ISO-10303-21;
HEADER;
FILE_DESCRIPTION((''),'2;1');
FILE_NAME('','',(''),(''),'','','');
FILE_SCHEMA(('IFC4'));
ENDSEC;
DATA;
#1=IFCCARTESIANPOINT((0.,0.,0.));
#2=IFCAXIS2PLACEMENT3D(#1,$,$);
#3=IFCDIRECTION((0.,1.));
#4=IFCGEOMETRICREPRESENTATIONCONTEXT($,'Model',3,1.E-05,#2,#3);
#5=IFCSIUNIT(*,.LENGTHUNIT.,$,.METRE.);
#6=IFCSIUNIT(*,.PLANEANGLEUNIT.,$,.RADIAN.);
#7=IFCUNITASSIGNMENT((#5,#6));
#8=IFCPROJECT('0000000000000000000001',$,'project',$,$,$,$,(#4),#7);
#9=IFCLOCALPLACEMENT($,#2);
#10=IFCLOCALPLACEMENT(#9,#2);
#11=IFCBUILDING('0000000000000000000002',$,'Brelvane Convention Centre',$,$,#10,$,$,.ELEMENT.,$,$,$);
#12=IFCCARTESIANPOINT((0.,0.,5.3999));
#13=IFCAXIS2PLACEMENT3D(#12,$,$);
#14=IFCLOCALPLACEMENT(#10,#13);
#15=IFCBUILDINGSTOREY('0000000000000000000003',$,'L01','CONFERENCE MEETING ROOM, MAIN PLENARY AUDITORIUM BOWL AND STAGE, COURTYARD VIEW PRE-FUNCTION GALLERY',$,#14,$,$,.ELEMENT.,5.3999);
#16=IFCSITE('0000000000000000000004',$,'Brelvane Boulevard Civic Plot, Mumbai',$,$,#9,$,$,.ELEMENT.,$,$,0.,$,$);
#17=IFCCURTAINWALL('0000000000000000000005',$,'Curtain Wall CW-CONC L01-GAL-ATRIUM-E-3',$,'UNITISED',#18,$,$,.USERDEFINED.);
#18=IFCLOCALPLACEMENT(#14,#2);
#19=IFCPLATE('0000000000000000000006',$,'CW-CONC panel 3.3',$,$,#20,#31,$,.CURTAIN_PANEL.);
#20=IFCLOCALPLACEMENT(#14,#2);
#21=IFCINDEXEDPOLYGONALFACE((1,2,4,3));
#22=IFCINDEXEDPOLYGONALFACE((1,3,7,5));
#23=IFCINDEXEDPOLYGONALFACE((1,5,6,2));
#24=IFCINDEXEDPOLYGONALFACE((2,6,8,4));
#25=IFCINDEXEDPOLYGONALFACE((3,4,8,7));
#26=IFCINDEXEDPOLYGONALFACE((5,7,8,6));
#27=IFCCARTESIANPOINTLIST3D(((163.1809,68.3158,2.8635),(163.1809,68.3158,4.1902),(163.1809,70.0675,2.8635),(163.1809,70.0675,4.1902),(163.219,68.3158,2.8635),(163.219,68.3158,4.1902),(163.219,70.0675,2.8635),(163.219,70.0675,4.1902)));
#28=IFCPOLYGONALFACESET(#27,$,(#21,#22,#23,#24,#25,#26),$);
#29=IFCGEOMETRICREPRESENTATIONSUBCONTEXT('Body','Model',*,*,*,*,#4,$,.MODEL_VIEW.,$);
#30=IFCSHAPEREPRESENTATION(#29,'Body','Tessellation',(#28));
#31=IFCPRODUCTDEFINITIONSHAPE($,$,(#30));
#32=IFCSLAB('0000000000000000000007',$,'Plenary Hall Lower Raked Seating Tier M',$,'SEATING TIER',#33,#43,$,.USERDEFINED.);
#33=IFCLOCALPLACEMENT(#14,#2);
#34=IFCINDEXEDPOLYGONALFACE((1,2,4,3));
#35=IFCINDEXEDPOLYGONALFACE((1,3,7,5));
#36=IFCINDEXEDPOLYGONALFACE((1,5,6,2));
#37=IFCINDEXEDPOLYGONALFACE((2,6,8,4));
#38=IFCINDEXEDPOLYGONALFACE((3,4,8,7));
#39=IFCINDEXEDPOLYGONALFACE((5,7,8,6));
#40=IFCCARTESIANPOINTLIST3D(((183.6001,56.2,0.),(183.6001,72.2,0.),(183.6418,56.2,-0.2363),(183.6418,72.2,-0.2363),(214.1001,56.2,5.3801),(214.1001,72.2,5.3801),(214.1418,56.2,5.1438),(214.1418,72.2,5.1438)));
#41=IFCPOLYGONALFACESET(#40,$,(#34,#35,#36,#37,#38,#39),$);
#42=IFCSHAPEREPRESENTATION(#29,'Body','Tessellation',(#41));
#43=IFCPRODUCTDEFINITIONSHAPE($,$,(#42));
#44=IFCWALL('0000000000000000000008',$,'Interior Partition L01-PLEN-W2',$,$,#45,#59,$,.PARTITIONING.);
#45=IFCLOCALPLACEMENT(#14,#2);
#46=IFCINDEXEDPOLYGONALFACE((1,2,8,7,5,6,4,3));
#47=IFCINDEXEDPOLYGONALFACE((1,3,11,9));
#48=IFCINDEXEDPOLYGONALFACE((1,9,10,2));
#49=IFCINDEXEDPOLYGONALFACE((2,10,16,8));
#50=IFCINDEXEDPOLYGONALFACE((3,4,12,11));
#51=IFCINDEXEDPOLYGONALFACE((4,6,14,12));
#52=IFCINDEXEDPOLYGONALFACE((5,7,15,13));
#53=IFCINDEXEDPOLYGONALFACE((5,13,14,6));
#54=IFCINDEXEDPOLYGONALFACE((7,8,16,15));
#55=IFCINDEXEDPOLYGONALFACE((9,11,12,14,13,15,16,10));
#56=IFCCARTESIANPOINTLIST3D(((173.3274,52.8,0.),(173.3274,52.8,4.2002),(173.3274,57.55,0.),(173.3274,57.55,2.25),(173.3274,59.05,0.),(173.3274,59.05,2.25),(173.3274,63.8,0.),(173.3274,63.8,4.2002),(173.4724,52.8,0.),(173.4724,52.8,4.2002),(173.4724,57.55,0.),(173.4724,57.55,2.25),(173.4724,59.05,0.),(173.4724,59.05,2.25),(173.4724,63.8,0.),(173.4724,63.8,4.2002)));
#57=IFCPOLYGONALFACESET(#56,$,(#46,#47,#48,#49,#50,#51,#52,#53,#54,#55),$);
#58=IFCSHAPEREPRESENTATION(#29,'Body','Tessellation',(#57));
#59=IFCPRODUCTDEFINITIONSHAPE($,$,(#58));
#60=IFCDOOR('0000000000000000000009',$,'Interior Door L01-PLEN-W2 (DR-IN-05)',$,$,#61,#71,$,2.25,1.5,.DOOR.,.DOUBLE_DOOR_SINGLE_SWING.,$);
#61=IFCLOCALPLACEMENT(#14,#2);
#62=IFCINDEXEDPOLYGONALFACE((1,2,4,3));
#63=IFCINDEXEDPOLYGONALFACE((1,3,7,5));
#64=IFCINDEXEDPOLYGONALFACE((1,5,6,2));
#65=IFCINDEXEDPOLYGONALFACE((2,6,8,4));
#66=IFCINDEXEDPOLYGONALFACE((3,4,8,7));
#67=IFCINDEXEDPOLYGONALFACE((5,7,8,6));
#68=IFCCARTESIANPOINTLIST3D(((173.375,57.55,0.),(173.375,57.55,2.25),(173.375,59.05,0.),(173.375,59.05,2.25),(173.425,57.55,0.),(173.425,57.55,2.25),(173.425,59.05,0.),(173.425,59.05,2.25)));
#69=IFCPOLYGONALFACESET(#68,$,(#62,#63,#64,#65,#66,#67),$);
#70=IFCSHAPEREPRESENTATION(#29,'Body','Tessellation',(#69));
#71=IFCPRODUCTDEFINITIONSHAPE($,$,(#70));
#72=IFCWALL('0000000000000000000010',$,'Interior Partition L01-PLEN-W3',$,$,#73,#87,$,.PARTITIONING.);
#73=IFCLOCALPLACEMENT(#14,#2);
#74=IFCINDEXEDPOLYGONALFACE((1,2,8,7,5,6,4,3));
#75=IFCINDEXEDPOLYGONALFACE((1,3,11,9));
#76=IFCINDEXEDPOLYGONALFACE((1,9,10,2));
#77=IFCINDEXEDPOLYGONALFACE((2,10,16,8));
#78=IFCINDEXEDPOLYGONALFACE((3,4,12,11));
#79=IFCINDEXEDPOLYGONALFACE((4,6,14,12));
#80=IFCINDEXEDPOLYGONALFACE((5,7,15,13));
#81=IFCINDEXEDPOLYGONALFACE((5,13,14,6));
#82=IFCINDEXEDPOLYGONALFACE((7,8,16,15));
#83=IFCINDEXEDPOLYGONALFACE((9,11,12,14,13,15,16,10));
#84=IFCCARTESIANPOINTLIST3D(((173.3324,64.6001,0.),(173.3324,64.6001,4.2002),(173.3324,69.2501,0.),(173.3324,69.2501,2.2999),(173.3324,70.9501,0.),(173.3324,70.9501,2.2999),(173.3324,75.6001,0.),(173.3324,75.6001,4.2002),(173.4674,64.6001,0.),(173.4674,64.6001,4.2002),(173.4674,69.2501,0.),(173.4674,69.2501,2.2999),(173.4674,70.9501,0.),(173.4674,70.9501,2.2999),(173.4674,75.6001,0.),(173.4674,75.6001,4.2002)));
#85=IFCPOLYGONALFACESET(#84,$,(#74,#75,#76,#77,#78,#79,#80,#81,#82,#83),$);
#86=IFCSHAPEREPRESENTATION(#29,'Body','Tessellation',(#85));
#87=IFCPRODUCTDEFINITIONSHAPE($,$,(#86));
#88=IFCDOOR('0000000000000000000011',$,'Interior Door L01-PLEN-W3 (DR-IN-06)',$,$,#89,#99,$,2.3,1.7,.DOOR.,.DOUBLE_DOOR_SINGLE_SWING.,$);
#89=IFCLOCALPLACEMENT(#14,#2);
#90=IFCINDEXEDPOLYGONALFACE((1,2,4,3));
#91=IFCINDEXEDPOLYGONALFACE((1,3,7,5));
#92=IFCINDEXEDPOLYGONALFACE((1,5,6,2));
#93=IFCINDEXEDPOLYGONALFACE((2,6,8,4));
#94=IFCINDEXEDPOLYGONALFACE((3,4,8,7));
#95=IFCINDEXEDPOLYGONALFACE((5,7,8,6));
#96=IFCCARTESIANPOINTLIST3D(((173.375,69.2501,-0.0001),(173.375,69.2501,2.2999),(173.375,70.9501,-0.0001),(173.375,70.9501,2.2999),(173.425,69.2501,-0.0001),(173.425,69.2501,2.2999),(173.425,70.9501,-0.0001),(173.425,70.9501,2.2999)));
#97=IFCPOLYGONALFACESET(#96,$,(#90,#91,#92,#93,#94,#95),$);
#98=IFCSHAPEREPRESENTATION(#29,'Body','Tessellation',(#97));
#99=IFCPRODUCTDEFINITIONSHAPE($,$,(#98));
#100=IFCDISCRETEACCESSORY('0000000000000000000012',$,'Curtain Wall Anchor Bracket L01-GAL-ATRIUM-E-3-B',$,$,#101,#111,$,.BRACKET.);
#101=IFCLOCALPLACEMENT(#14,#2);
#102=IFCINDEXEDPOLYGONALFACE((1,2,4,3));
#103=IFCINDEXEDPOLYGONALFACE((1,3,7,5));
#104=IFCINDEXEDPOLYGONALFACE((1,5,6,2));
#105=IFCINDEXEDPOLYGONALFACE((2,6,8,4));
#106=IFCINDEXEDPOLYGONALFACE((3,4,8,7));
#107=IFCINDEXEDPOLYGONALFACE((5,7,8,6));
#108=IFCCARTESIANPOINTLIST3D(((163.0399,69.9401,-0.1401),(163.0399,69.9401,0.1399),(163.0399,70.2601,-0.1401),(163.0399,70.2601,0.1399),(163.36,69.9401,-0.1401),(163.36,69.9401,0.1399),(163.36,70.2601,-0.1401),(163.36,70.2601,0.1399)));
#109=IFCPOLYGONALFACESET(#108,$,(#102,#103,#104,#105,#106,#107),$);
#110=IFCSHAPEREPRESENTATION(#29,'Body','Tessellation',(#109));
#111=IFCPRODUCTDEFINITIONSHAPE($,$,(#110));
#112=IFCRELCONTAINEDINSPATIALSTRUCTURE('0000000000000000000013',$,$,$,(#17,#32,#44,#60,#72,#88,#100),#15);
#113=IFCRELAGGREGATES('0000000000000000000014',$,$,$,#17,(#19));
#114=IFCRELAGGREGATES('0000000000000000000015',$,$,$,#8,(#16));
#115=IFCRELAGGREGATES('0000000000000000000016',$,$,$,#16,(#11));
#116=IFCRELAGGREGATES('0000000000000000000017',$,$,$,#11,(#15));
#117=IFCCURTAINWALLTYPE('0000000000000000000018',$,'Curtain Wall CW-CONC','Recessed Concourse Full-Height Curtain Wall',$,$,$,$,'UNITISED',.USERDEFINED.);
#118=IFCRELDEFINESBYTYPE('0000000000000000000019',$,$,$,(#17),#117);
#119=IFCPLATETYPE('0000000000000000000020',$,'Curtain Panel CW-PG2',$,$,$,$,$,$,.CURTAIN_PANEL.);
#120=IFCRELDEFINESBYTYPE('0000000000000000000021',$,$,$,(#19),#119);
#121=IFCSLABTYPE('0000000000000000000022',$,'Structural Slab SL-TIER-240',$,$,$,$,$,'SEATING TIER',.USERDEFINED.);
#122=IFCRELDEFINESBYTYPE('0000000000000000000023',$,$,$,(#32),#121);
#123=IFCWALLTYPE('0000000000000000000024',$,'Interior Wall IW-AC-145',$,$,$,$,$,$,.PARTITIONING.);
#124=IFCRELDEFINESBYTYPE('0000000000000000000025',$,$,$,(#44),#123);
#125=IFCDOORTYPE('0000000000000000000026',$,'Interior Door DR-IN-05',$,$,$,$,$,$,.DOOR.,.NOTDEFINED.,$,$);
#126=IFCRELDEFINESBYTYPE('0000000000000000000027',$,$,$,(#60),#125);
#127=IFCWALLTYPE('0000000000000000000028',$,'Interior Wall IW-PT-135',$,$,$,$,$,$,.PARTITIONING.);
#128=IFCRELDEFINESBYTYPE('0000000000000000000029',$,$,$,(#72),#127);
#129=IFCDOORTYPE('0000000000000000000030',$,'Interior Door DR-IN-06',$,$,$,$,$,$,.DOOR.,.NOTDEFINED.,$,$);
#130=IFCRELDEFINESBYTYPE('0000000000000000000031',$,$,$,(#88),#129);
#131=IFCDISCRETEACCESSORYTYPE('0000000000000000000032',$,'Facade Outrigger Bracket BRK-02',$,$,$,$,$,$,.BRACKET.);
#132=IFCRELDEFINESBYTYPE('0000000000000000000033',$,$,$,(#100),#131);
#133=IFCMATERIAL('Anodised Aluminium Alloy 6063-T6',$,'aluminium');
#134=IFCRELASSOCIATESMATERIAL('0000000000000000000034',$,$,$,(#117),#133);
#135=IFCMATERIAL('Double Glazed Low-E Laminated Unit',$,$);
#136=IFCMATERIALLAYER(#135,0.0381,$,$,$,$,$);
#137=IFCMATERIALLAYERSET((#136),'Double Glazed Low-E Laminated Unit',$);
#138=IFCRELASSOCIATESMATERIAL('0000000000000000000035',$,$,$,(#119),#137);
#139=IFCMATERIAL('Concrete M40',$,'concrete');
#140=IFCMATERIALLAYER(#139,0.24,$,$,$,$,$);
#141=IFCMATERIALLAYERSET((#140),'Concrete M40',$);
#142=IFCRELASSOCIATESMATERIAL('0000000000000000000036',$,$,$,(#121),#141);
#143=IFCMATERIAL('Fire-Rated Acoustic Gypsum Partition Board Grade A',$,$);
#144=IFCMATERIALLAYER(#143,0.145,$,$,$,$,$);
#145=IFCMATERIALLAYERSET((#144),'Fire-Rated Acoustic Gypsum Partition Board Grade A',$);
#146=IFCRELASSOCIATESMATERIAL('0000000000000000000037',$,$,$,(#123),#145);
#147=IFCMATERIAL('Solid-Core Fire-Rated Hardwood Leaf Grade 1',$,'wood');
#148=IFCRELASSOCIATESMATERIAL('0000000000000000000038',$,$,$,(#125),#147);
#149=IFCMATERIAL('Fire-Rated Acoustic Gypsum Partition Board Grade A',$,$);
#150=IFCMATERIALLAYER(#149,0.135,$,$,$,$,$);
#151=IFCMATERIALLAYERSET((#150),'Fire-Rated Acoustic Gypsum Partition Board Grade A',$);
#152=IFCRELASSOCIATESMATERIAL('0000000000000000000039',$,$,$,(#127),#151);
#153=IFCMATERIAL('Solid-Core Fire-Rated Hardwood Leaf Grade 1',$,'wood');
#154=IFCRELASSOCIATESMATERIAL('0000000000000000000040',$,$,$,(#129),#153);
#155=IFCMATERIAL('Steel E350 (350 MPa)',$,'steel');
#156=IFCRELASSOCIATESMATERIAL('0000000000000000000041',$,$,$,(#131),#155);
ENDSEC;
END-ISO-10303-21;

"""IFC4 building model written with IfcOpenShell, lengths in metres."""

from ifc_helpers import new_model, si_unit, direction, frame, frame_2d, origin, origin_2d, place, context, subcontext, project, spatial, polyline, rectangle, outline, extrude, material, layer, layer_set, type_object, element, fill, aggregate, save


model = new_model("IFC4")

# Units and contexts
model_context = context("Model", 3, precision=1e-05, world=origin(), true_north=direction((0.0, 1.0)))
body_context = subcontext(model_context, "Body", "Model", "MODEL_VIEW")
ifc_project = project(units=[si_unit("LENGTHUNIT", "METRE"), si_unit("PLANEANGLEUNIT", "RADIAN")], contexts=[model_context])

# Site, building, storey
site_placement = place(None, origin())
site = spatial("IfcSite", under=ifc_project, at=site_placement, Name="Brelvane Boulevard Civic Plot, Mumbai", CompositionType="ELEMENT", RefElevation=0.0)
building_placement = place(site_placement, origin())
building = spatial("IfcBuilding", under=site, at=building_placement, Name="Brelvane Convention Centre", CompositionType="ELEMENT")
storey_placement = place(building_placement, frame((0.0, 0.0, 5.3999)))
storey = spatial("IfcBuildingStorey", under=building, at=storey_placement, Name="L01", Description="CONFERENCE MEETING ROOM, MAIN PLENARY AUDITORIUM BOWL AND STAGE, COURTYARD VIEW PRE-FUNCTION GALLERY", CompositionType="ELEMENT", Elevation=5.3999)

# Curtain wall
ifc_material_1 = material(Name="Anodised Aluminium Alloy 6063-T6", Category="aluminium")
curtain_wall_type = type_object("IfcCurtainWallType", Name="Curtain Wall CW-CONC", Description="Recessed Concourse Full-Height Curtain Wall", ElementType="UNITISED", PredefinedType="USERDEFINED", material=ifc_material_1)
curtain_wall_placement = place(storey_placement, origin())
curtain_wall = element("IfcCurtainWall", 1, at=curtain_wall_placement, inside=storey, type_object=curtain_wall_type, Name="Curtain Wall CW-CONC L01-GAL-ATRIUM-E-3", ObjectType="UNITISED", PredefinedType="USERDEFINED")

# Plate
ifc_material_2 = material(Name="Double Glazed Low-E Laminated Unit")
ifc_layer_1 = layer(ifc_material_2, 0.0381)
ifc_layer_set_1 = layer_set([ifc_layer_1], Name="Double Glazed Low-E Laminated Unit")
plate_type = type_object("IfcPlateType", Name="Curtain Panel CW-PG2", PredefinedType="CURTAIN_PANEL", material=ifc_layer_set_1)
plate_1_placement = place(storey_placement, frame((163.2, 69.1917, 2.8635), z_axis=(0.0, 0.0, 1.0), x_axis=(0.0, 1.0, 0.0)))
plate_1 = element("IfcPlate", 2, at=plate_1_placement, type_object=plate_type, Name="CW-CONC panel 3.3", PredefinedType="CURTAIN_PANEL", context=body_context, shape_type="SweptSolid", body=[
    extrude(rectangle(XDim=1.7517, YDim=0.0381, at=origin_2d()), origin(), (0.0, 0.0, 1.0), 1.3267),
])
aggregate(curtain_wall, [plate_1])

# Slab
ifc_material_3 = material(Name="Concrete M40", Category="concrete")
ifc_layer_2 = layer(ifc_material_3, 0.24)
ifc_layer_set_2 = layer_set([ifc_layer_2], Name="Concrete M40")
slab_type = type_object("IfcSlabType", Name="Structural Slab SL-TIER-240", ElementType="SEATING TIER", PredefinedType="USERDEFINED", material=ifc_layer_set_2)
slab_placement = place(storey_placement, frame((183.6001, 56.2, 0.0), z_axis=(-0.173716, 0.0, 0.984796), x_axis=(0.984796, 0.0, 0.173716)))
element("IfcSlab", 3, at=slab_placement, inside=storey, type_object=slab_type, Name="Plenary Hall Lower Raked Seating Tier M", ObjectType="SEATING TIER", PredefinedType="USERDEFINED", context=body_context, shape_type="SweptSolid", body=[
    extrude(outline(polyline([(0.0, 0.0), (30.9709, 0.0), (30.9709, 16.0), (0.0, 16.0), (0.0, 0.0)])), origin(), (0.0, 0.0, -1.0), 0.24),
])

# Walls, openings, doors
ifc_material_4 = material(Name="Fire-Rated Acoustic Gypsum Partition Board Grade A")
ifc_layer_3 = layer(ifc_material_4, 0.145)
ifc_layer_set_3 = layer_set([ifc_layer_3], Name="Fire-Rated Acoustic Gypsum Partition Board Grade A")
wall_type_1 = type_object("IfcWallType", Name="Interior Wall IW-AC-145", PredefinedType="PARTITIONING", material=ifc_layer_set_3)
wall_1_placement = place(storey_placement, frame((173.3999, 52.8, 0.0), z_axis=(0.0, 0.0, 1.0), x_axis=(0.0, 1.0, 0.0)))
wall_1 = element("IfcWall", 4, at=wall_1_placement, inside=storey, type_object=wall_type_1, Name="Interior Partition L01-PLEN-W2", PredefinedType="PARTITIONING", context=body_context, shape_type="SweptSolid", body=[
    extrude(rectangle(XDim=11.0, YDim=0.145, at=frame_2d((5.5, 0.0))), origin(), (0.0, 0.0, 1.0), 4.2002),
])
opening_1_placement = place(wall_1_placement, frame((4.75, 0.0, 0.0)))
opening_1 = element("IfcOpeningElement", 5, at=opening_1_placement, cuts=wall_1, PredefinedType="OPENING", context=body_context, shape_type="SweptSolid", body=[
    extrude(rectangle(XDim=1.5, YDim=2.25, at=frame_2d((0.75, 1.125))), frame((0.0, 0.0825, 0.0), z_axis=(0.0, -1.0, 0.0), x_axis=(1.0, 0.0, 0.0)), (0.0, 0.0, 1.0), 0.165),
])
ifc_material_5 = material(Name="Solid-Core Fire-Rated Hardwood Leaf Grade 1", Category="wood")
door_type_1 = type_object("IfcDoorType", Name="Interior Door DR-IN-05", OperationType="NOTDEFINED", PredefinedType="DOOR", material=ifc_material_5)
door_1_placement = place(opening_1_placement, origin())
door_1 = element("IfcDoor", 6, at=door_1_placement, inside=storey, type_object=door_type_1, Name="Interior Door L01-PLEN-W2 (DR-IN-05)", OperationType="DOUBLE_DOOR_SINGLE_SWING", OverallHeight=2.25, OverallWidth=1.5, PredefinedType="DOOR", context=body_context, shape_type="SweptSolid", body=[
    extrude(rectangle(XDim=1.5, YDim=2.25, at=frame_2d((0.75, 1.125))), frame((0.0, 0.0249, 0.0), z_axis=(0.0, -1.0, 0.0), x_axis=(1.0, 0.0, 0.0)), (0.0, 0.0, 1.0), 0.05),
])
fill(opening_1, door_1)
ifc_material_6 = material(Name="Fire-Rated Acoustic Gypsum Partition Board Grade A")
ifc_layer_4 = layer(ifc_material_6, 0.135)
ifc_layer_set_4 = layer_set([ifc_layer_4], Name="Fire-Rated Acoustic Gypsum Partition Board Grade A")
wall_type_2 = type_object("IfcWallType", Name="Interior Wall IW-PT-135", PredefinedType="PARTITIONING", material=ifc_layer_set_4)
wall_2_placement = place(storey_placement, frame((173.3999, 64.6001, 0.0), z_axis=(0.0, 0.0, 1.0), x_axis=(0.0, 1.0, 0.0)))
wall_2 = element("IfcWall", 7, at=wall_2_placement, inside=storey, type_object=wall_type_2, Name="Interior Partition L01-PLEN-W3", PredefinedType="PARTITIONING", context=body_context, shape_type="SweptSolid", body=[
    extrude(rectangle(XDim=11.0, YDim=0.135, at=frame_2d((5.5, 0.0))), origin(), (0.0, 0.0, 1.0), 4.2002),
])
opening_2_placement = place(wall_2_placement, frame((4.6499, 0.0, 0.0)))
opening_2 = element("IfcOpeningElement", 8, at=opening_2_placement, cuts=wall_2, PredefinedType="OPENING", context=body_context, shape_type="SweptSolid", body=[
    extrude(rectangle(XDim=1.7, YDim=2.3, at=frame_2d((0.8501, 1.1499))), frame((0.0, 0.0774, 0.0), z_axis=(0.0, -1.0, 0.0), x_axis=(1.0, 0.0, 0.0)), (0.0, 0.0, 1.0), 0.155),
])
ifc_material_7 = material(Name="Solid-Core Fire-Rated Hardwood Leaf Grade 1", Category="wood")
door_type_2 = type_object("IfcDoorType", Name="Interior Door DR-IN-06", OperationType="NOTDEFINED", PredefinedType="DOOR", material=ifc_material_7)
door_2_placement = place(opening_2_placement, origin())
door_2 = element("IfcDoor", 9, at=door_2_placement, inside=storey, type_object=door_type_2, Name="Interior Door L01-PLEN-W3 (DR-IN-06)", OperationType="DOUBLE_DOOR_SINGLE_SWING", OverallHeight=2.3, OverallWidth=1.7, PredefinedType="DOOR", context=body_context, shape_type="SweptSolid", body=[
    extrude(rectangle(XDim=1.7, YDim=2.3, at=frame_2d((0.8501, 1.1499))), frame((0.0, 0.0249, 0.0), z_axis=(0.0, -1.0, 0.0), x_axis=(1.0, 0.0, 0.0)), (0.0, 0.0, 1.0), 0.05),
])
fill(opening_2, door_2)

# Discrete accessory
ifc_material_8 = material(Name="Steel E350 (350 MPa)", Category="steel")
discrete_accessory_type = type_object("IfcDiscreteAccessoryType", Name="Facade Outrigger Bracket BRK-02", PredefinedType="BRACKET", material=ifc_material_8)
discrete_accessory_placement = place(storey_placement, frame((163.2, 70.1001, -0.1401), z_axis=(0.0, 0.0, 1.0), x_axis=(1.0, 0.0, 0.0)))
element("IfcDiscreteAccessory", 10, at=discrete_accessory_placement, inside=storey, type_object=discrete_accessory_type, Name="Curtain Wall Anchor Bracket L01-GAL-ATRIUM-E-3-B", PredefinedType="BRACKET", context=body_context, shape_type="SweptSolid", body=[
    extrude(rectangle(XDim=0.3201, YDim=0.3201, at=origin_2d()), origin(), (0.0, 0.0, 1.0), 0.28),
])

save(model, "model.ifc")
